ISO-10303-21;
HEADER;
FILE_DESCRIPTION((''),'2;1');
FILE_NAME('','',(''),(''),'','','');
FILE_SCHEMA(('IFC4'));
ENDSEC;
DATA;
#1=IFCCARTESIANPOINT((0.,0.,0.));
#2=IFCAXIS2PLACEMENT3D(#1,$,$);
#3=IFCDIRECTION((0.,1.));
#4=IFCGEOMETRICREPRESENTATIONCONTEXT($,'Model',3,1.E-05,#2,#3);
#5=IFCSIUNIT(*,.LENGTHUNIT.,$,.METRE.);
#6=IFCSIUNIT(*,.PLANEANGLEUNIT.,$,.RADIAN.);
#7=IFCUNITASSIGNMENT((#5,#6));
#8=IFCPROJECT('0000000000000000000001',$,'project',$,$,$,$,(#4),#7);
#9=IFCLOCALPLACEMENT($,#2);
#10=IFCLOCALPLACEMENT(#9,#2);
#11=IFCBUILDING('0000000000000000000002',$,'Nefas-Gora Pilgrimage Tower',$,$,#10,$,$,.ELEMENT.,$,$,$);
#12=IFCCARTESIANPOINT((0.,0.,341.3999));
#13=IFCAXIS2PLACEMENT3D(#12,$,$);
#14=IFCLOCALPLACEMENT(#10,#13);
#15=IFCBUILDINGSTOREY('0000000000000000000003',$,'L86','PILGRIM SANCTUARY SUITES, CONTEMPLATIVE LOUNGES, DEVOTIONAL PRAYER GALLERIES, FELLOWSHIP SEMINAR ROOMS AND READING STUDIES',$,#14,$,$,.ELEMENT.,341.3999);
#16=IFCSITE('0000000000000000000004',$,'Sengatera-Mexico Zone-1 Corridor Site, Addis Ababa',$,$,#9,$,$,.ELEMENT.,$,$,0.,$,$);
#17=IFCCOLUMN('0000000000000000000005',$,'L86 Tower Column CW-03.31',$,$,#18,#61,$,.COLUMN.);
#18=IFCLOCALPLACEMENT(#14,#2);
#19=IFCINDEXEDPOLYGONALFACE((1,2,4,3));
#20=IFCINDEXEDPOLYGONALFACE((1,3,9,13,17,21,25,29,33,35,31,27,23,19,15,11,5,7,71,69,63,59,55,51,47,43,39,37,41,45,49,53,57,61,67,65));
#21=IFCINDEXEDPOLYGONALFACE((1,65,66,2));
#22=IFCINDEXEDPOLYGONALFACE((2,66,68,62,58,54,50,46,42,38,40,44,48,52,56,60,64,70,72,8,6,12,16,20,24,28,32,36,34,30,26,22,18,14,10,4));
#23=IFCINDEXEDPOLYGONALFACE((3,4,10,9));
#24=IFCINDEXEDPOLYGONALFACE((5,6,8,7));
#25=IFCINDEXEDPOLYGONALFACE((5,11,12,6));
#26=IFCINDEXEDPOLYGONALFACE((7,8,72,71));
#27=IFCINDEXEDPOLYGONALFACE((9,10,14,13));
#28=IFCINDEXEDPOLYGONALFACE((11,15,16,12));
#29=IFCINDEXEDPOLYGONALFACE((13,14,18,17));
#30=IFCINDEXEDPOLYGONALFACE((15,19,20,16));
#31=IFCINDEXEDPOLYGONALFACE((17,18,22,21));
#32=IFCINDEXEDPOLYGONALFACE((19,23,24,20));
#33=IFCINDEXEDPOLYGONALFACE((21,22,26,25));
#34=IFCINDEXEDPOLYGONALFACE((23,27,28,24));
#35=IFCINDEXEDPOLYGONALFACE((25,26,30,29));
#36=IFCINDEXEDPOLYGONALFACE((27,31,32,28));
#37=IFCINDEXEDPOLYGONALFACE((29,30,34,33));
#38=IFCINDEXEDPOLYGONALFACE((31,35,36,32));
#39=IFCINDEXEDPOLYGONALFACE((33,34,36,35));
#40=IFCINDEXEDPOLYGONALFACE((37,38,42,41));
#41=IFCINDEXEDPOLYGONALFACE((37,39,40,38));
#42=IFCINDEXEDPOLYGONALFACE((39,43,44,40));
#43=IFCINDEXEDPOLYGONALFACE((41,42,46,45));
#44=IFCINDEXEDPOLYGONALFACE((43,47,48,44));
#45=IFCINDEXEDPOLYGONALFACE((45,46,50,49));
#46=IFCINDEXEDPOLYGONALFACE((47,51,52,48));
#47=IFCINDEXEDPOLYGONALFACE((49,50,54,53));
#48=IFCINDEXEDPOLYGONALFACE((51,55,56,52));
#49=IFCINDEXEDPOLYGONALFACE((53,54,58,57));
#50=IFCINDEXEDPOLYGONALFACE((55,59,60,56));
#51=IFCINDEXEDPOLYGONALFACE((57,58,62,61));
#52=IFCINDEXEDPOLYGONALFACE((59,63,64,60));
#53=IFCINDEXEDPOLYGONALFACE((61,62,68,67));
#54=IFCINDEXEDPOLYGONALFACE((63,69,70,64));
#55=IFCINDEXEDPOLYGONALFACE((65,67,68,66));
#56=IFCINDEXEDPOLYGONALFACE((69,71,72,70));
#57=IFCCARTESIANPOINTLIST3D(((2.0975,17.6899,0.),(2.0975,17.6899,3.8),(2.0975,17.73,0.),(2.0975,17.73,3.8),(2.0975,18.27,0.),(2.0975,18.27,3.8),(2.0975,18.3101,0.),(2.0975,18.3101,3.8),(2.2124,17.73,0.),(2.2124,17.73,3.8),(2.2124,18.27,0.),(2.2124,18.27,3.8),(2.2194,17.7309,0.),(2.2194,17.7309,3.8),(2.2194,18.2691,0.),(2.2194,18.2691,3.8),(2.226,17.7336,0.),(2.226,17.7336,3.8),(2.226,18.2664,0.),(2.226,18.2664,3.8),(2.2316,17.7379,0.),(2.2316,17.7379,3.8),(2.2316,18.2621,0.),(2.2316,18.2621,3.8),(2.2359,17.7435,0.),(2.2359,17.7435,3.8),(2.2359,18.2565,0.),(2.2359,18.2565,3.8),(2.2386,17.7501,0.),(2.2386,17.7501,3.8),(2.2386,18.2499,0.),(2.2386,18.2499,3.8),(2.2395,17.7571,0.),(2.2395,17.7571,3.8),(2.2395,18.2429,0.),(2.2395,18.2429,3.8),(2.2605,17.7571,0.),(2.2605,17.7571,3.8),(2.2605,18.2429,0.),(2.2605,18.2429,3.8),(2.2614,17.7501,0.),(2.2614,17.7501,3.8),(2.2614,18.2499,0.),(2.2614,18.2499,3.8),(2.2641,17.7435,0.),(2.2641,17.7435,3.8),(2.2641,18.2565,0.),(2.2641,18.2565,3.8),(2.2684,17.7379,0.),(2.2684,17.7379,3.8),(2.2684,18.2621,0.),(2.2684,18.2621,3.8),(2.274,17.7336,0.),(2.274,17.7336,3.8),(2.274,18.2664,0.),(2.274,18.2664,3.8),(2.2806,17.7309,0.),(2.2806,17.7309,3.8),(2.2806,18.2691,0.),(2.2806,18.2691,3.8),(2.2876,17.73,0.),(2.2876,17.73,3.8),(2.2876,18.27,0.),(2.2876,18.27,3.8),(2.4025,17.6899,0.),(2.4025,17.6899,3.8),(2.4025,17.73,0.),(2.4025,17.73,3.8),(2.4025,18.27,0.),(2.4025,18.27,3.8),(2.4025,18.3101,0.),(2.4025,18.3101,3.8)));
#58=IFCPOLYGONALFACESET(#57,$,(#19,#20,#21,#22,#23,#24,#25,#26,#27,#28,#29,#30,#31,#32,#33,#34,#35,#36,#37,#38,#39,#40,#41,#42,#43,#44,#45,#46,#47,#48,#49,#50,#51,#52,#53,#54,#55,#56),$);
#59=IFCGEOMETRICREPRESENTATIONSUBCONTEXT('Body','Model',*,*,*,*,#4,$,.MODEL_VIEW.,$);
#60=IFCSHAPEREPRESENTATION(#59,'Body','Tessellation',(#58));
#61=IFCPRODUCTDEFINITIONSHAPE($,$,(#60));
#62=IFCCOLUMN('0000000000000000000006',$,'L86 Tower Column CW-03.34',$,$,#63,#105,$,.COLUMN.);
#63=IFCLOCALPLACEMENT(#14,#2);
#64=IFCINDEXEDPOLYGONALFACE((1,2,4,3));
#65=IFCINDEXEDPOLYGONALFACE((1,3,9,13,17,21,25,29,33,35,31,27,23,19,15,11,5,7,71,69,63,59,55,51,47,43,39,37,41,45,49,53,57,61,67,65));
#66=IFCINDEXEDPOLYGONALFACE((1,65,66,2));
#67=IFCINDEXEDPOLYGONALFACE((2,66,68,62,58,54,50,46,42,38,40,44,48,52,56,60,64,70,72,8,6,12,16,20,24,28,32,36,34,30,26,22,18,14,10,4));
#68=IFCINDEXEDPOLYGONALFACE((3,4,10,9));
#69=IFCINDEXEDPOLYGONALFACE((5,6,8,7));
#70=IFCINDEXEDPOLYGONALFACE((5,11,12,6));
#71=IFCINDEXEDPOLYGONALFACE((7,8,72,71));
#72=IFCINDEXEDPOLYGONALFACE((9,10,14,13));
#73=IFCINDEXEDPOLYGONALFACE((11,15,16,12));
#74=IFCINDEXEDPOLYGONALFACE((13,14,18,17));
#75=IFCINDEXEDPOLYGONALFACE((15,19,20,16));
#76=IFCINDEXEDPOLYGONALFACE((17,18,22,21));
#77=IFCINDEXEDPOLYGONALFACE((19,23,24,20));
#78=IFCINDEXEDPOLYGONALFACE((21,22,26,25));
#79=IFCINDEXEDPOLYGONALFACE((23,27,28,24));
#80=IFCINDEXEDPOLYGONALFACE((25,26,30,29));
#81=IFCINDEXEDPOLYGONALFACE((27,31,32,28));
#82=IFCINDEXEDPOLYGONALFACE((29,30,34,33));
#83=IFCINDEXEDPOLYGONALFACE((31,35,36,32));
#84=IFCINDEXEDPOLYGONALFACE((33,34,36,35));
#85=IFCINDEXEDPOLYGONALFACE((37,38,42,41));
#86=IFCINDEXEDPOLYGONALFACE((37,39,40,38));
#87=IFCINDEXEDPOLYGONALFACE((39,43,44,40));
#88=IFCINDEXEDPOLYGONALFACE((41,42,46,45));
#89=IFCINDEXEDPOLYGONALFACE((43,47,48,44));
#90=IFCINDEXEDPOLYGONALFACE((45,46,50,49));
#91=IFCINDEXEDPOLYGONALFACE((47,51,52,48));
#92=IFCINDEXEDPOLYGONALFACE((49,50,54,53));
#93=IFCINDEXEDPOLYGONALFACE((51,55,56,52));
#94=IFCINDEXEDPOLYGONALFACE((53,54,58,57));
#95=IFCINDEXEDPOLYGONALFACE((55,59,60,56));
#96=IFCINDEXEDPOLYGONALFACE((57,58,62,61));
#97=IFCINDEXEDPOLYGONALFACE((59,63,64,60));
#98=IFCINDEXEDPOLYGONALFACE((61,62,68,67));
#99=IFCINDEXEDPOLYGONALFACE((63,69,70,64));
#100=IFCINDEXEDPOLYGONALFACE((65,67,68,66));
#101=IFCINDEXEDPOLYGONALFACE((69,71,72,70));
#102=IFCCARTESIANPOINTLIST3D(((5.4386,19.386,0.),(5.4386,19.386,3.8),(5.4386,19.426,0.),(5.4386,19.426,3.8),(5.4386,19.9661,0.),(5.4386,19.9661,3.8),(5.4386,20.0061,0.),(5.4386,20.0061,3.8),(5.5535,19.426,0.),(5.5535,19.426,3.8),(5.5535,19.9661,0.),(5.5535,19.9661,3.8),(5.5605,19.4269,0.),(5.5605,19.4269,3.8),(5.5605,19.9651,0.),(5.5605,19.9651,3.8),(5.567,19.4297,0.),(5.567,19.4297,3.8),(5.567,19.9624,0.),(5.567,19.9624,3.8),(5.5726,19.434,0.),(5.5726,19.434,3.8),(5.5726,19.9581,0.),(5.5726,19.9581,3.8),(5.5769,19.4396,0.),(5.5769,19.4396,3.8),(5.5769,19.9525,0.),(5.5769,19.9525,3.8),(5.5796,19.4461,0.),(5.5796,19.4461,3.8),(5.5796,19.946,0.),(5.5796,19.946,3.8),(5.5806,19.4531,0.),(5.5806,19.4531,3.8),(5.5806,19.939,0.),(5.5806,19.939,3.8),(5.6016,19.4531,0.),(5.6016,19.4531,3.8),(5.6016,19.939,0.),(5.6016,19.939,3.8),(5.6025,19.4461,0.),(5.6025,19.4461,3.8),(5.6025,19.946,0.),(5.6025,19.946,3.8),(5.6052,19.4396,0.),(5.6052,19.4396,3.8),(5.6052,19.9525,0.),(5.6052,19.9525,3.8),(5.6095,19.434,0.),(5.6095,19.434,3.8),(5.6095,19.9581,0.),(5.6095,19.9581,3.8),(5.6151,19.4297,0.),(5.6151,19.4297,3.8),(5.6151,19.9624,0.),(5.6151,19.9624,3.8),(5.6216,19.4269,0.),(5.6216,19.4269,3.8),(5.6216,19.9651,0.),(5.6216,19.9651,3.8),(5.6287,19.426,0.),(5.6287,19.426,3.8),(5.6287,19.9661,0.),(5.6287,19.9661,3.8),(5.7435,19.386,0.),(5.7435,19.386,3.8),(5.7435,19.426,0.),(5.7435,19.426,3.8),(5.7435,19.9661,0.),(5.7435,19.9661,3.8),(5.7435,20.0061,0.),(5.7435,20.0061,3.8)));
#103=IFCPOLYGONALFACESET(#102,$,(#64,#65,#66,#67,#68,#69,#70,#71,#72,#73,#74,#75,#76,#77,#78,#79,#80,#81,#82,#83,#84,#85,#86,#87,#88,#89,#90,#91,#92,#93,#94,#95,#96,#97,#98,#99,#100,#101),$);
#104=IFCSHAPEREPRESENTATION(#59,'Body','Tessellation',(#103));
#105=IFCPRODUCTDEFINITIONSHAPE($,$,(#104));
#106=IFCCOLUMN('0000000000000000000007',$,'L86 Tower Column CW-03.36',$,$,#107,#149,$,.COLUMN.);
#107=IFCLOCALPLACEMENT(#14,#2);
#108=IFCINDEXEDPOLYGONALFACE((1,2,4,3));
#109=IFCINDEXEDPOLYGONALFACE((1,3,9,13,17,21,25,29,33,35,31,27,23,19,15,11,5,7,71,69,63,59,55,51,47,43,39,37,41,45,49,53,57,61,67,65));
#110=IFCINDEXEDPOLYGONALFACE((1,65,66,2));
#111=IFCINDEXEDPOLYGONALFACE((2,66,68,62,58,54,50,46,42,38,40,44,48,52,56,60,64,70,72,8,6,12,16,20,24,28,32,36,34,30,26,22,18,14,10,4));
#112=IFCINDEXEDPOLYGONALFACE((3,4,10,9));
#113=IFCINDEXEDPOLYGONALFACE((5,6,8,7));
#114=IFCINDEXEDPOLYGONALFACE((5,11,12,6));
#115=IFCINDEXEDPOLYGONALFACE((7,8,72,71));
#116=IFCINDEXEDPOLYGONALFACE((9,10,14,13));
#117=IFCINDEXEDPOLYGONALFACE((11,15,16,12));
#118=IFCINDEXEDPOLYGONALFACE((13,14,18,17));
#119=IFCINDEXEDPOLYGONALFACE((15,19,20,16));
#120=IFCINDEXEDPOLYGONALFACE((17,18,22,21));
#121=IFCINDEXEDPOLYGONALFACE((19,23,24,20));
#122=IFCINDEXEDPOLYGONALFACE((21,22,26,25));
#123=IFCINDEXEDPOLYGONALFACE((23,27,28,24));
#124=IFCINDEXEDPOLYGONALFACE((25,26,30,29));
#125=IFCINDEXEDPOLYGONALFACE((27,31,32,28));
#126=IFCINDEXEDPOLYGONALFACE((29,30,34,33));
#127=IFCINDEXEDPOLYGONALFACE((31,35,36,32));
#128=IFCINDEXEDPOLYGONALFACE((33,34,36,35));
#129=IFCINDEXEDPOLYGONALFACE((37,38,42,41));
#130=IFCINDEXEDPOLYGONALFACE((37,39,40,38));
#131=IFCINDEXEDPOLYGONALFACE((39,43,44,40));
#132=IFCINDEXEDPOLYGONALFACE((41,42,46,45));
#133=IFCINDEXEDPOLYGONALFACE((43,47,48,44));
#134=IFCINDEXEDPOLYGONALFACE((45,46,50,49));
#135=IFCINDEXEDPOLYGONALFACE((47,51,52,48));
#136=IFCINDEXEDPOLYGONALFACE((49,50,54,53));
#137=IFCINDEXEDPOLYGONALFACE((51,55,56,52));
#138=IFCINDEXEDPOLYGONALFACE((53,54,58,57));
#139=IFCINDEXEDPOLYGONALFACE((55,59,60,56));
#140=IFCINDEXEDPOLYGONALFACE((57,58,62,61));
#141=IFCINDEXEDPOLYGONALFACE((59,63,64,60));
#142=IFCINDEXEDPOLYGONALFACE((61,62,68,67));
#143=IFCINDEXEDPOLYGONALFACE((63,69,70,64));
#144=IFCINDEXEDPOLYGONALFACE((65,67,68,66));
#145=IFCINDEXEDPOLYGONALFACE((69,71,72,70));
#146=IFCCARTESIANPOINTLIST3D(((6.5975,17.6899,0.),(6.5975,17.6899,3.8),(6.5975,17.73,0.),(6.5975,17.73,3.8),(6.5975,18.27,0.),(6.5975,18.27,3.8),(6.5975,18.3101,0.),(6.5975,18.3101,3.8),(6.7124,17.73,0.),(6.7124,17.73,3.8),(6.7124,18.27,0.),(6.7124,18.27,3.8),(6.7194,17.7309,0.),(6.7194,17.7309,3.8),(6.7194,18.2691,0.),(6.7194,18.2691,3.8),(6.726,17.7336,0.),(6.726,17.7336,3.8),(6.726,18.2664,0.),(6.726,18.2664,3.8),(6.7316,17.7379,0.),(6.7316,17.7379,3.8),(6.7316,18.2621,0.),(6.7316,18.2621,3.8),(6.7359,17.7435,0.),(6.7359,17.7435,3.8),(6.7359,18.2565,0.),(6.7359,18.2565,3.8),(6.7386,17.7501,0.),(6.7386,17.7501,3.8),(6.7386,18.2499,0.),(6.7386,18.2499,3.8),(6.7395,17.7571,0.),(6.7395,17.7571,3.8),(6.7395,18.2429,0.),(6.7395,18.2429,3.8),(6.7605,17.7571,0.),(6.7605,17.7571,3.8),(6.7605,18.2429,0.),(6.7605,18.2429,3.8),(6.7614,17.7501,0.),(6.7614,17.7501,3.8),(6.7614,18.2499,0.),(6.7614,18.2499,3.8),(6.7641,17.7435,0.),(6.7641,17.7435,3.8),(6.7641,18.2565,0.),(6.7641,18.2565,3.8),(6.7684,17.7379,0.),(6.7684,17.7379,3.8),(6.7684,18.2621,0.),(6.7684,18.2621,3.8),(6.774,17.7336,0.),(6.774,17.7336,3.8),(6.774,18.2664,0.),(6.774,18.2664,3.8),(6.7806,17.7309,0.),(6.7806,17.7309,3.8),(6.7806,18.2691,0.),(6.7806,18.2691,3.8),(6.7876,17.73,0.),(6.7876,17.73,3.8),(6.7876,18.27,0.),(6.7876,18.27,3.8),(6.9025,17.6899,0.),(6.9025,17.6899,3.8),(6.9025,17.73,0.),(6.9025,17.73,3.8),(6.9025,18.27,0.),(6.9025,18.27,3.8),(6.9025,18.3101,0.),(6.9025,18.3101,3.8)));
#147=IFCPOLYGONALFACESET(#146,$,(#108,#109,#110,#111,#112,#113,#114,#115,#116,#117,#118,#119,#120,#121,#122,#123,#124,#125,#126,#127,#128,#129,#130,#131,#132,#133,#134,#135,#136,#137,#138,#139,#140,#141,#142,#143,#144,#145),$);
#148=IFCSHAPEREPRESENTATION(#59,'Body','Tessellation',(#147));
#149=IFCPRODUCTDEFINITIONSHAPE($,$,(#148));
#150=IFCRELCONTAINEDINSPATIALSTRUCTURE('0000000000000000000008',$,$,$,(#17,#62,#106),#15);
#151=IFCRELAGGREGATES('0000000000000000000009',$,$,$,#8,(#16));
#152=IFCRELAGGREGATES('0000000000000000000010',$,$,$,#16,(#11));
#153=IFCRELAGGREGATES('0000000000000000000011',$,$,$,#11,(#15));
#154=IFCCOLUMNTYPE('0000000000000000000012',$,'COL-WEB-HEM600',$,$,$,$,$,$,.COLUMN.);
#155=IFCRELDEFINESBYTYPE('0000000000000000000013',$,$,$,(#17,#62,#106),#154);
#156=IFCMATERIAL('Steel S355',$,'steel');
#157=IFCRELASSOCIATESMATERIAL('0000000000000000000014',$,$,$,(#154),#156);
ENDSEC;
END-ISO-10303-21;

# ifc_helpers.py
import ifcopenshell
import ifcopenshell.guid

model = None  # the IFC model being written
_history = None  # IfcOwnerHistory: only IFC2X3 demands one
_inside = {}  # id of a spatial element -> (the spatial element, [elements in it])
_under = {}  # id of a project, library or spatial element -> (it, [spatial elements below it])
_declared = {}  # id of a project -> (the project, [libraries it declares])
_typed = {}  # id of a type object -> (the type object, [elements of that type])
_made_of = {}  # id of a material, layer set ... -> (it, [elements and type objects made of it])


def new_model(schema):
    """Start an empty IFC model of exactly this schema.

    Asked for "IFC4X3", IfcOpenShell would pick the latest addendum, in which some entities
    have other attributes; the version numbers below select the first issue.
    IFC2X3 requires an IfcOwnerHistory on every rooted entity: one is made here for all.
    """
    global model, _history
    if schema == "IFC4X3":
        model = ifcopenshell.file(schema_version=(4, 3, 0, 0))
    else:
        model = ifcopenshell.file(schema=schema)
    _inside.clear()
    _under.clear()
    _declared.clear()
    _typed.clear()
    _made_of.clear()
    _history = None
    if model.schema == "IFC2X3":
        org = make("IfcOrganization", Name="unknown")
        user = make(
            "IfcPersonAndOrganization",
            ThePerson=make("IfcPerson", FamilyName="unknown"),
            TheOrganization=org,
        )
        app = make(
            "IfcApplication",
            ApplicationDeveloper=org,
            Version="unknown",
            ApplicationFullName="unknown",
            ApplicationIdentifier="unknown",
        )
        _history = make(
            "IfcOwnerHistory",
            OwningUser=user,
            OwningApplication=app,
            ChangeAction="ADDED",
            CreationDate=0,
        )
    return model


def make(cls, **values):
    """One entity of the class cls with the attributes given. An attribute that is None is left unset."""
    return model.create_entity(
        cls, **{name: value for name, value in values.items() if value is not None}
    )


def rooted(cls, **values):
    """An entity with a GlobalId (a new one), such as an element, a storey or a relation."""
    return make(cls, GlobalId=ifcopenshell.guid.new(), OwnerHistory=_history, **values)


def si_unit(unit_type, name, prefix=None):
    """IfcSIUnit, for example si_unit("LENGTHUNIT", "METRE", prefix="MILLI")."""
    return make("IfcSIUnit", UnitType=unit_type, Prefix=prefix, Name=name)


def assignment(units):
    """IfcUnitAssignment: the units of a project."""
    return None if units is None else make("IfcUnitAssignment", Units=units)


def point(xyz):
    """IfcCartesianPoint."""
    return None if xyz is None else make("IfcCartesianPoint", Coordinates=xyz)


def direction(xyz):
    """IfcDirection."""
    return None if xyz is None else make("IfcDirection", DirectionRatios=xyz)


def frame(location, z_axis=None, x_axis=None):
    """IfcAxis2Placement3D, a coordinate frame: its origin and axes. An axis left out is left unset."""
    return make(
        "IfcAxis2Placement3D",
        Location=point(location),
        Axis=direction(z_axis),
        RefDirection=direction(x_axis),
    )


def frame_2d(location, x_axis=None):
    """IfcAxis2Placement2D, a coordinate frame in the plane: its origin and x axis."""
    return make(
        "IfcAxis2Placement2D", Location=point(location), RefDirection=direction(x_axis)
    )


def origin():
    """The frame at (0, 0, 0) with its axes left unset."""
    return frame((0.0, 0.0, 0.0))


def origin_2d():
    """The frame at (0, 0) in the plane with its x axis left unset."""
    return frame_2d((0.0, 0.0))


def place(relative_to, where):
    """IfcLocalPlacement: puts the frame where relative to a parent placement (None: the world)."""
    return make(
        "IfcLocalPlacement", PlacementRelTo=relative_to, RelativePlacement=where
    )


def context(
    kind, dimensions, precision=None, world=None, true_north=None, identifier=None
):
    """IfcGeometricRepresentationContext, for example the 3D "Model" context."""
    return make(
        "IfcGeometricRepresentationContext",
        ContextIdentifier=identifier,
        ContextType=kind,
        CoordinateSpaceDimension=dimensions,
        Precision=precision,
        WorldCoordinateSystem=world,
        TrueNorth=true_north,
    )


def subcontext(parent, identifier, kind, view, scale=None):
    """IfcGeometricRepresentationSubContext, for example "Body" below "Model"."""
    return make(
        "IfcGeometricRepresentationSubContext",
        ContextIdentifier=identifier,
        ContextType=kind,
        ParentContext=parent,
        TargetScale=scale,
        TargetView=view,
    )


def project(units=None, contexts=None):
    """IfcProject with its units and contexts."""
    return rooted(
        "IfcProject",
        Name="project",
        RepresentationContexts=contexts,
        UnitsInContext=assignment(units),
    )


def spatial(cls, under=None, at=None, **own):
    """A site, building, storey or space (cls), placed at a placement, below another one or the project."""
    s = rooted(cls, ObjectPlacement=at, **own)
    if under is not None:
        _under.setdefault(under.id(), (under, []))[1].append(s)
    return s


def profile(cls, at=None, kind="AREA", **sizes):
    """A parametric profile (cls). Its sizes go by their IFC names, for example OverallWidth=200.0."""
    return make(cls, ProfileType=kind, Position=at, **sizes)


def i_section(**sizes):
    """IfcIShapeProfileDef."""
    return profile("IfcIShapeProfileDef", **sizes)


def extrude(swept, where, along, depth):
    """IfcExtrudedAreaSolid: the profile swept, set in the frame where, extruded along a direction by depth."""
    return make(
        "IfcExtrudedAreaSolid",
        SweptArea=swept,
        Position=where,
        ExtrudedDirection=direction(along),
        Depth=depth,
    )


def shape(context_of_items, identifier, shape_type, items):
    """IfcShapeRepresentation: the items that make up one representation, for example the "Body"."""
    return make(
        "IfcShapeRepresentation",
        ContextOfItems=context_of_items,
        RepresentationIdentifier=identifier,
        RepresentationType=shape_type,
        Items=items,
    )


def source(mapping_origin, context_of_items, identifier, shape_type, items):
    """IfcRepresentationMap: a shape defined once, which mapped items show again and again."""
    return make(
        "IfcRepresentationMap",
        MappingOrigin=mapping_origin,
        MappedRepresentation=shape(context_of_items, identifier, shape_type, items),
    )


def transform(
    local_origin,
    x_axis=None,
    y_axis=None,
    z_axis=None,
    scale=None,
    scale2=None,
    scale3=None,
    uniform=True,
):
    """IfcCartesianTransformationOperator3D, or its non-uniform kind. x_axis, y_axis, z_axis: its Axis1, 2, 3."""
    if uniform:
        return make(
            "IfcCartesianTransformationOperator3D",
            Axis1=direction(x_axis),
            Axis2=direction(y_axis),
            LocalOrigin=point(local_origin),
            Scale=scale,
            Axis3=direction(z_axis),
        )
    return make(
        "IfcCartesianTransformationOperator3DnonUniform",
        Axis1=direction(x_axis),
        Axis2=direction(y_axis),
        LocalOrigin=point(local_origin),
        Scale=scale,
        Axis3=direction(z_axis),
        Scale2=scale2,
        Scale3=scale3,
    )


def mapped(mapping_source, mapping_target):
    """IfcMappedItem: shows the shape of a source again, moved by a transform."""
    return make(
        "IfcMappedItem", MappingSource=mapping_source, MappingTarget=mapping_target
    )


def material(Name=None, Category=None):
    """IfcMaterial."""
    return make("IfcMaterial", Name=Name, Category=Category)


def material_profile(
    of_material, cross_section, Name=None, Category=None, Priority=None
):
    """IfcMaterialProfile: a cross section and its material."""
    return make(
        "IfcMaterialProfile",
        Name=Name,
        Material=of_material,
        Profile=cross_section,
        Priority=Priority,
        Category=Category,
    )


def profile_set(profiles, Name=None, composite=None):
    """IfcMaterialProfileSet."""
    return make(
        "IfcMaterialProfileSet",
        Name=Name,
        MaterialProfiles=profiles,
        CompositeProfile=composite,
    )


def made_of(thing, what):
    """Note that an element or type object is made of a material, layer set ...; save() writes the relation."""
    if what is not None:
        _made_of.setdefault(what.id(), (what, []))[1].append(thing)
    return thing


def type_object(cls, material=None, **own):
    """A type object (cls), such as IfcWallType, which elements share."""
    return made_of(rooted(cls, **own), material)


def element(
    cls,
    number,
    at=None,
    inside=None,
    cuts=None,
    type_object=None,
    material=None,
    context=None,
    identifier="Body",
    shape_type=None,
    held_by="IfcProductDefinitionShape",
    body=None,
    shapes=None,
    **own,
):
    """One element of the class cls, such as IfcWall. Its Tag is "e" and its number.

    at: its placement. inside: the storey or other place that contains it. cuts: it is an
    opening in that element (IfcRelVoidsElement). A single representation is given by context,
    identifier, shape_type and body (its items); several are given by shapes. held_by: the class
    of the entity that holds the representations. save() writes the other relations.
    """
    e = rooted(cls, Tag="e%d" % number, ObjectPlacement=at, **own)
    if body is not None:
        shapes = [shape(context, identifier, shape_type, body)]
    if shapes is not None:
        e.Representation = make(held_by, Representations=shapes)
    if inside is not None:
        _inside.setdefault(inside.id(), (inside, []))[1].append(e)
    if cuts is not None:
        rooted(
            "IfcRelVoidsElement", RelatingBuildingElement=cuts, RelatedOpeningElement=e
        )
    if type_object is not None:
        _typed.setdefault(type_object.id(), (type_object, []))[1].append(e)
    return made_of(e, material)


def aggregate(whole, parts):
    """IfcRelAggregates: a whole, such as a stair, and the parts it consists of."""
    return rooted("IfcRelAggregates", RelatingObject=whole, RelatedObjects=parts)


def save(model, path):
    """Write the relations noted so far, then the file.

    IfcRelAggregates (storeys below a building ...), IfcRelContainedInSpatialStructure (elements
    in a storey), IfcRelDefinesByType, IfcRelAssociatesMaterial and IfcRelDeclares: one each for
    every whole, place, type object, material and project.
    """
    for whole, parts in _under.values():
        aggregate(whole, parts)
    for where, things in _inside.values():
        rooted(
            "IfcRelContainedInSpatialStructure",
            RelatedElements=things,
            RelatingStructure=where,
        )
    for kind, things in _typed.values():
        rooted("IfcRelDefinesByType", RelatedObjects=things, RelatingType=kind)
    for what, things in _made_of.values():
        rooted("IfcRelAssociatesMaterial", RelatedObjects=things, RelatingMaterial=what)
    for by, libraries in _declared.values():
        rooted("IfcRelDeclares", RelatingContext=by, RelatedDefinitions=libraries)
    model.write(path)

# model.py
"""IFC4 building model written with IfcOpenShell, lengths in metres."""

from ifc_helpers import new_model, si_unit, direction, frame, origin, origin_2d, place, context, subcontext, project, spatial, i_section, extrude, source, transform, mapped, material, material_profile, profile_set, type_object, element, save


model = new_model("IFC4")

# Units and contexts
model_context = context("Model", 3, precision=1e-05, world=origin(), true_north=direction((0.0, 1.0)))
body_context = subcontext(model_context, "Body", "Model", "MODEL_VIEW")
ifc_project = project(units=[si_unit("LENGTHUNIT", "METRE"), si_unit("PLANEANGLEUNIT", "RADIAN")], contexts=[model_context])

# Site, building, storey
site_placement = place(None, origin())
site = spatial("IfcSite", under=ifc_project, at=site_placement, Name="Sengatera-Mexico Zone-1 Corridor Site, Addis Ababa", CompositionType="ELEMENT", RefElevation=0.0)
building_placement = place(site_placement, origin())
building = spatial("IfcBuilding", under=site, at=building_placement, Name="Nefas-Gora Pilgrimage Tower", CompositionType="ELEMENT")
storey_placement = place(building_placement, frame((0.0, 0.0, 341.3999)))
storey = spatial("IfcBuildingStorey", under=building, at=storey_placement, Name="L86", Description="PILGRIM SANCTUARY SUITES, CONTEMPLATIVE LOUNGES, DEVOTIONAL PRAYER GALLERIES, FELLOWSHIP SEMINAR ROOMS AND READING STUDIES", CompositionType="ELEMENT", Elevation=341.3999)

# Columns
ifc_material_1 = material(Name="Steel S355", Category="steel")
ifc_material_profile_1 = material_profile(ifc_material_1, i_section(OverallWidth=0.3049, OverallDepth=0.6201, WebThickness=0.021, FlangeThickness=0.04, FilletRadius=0.0271, at=origin_2d()), Name="HEM 600")
ifc_profile_set_1 = profile_set([ifc_material_profile_1], Name="Steel S355")
column_type_1 = type_object("IfcColumnType", Name="COL-WEB-HEM600", PredefinedType="COLUMN", material=ifc_profile_set_1)
shared_shape_1 = source(origin(), body_context, "Body", "SweptSolid", [
    extrude(i_section(OverallWidth=0.3049, OverallDepth=0.6201, WebThickness=0.021, FlangeThickness=0.04, FilletRadius=0.0271, at=origin_2d()), origin(), (0.0, 0.0, 1.0), 3.8),
])
for number, where, z_axis, x_axis, name in (
    (1, (2.25, 18.0, 0.0), (0.0, 0.0, 1.0), (1.0, 0.0, 0.0), "L86 Tower Column CW-03.31"),
    (2, (5.5911, 19.696, 0.0), (0.0, 0.0, 1.0), (1.0, 0.0, 0.0), "L86 Tower Column CW-03.34"),
    (3, (6.75, 18.0, 0.0), (0.0, 0.0, 1.0), (1.0, 0.0, 0.0), "L86 Tower Column CW-03.36"),
):
    element("IfcColumn", number, at=place(storey_placement, frame(where, z_axis=z_axis, x_axis=x_axis)), inside=storey, type_object=column_type_1, Name=name, PredefinedType="COLUMN", context=body_context, shape_type="MappedRepresentation", body=[
        mapped(shared_shape_1, transform((0.0, 0.0, 0.0), x_axis=(1.0, 0.0, 0.0), y_axis=(0.0, 1.0, 0.0), z_axis=(0.0, 0.0, 1.0), scale=1.0)),
    ])

save(model, "model.ifc")
